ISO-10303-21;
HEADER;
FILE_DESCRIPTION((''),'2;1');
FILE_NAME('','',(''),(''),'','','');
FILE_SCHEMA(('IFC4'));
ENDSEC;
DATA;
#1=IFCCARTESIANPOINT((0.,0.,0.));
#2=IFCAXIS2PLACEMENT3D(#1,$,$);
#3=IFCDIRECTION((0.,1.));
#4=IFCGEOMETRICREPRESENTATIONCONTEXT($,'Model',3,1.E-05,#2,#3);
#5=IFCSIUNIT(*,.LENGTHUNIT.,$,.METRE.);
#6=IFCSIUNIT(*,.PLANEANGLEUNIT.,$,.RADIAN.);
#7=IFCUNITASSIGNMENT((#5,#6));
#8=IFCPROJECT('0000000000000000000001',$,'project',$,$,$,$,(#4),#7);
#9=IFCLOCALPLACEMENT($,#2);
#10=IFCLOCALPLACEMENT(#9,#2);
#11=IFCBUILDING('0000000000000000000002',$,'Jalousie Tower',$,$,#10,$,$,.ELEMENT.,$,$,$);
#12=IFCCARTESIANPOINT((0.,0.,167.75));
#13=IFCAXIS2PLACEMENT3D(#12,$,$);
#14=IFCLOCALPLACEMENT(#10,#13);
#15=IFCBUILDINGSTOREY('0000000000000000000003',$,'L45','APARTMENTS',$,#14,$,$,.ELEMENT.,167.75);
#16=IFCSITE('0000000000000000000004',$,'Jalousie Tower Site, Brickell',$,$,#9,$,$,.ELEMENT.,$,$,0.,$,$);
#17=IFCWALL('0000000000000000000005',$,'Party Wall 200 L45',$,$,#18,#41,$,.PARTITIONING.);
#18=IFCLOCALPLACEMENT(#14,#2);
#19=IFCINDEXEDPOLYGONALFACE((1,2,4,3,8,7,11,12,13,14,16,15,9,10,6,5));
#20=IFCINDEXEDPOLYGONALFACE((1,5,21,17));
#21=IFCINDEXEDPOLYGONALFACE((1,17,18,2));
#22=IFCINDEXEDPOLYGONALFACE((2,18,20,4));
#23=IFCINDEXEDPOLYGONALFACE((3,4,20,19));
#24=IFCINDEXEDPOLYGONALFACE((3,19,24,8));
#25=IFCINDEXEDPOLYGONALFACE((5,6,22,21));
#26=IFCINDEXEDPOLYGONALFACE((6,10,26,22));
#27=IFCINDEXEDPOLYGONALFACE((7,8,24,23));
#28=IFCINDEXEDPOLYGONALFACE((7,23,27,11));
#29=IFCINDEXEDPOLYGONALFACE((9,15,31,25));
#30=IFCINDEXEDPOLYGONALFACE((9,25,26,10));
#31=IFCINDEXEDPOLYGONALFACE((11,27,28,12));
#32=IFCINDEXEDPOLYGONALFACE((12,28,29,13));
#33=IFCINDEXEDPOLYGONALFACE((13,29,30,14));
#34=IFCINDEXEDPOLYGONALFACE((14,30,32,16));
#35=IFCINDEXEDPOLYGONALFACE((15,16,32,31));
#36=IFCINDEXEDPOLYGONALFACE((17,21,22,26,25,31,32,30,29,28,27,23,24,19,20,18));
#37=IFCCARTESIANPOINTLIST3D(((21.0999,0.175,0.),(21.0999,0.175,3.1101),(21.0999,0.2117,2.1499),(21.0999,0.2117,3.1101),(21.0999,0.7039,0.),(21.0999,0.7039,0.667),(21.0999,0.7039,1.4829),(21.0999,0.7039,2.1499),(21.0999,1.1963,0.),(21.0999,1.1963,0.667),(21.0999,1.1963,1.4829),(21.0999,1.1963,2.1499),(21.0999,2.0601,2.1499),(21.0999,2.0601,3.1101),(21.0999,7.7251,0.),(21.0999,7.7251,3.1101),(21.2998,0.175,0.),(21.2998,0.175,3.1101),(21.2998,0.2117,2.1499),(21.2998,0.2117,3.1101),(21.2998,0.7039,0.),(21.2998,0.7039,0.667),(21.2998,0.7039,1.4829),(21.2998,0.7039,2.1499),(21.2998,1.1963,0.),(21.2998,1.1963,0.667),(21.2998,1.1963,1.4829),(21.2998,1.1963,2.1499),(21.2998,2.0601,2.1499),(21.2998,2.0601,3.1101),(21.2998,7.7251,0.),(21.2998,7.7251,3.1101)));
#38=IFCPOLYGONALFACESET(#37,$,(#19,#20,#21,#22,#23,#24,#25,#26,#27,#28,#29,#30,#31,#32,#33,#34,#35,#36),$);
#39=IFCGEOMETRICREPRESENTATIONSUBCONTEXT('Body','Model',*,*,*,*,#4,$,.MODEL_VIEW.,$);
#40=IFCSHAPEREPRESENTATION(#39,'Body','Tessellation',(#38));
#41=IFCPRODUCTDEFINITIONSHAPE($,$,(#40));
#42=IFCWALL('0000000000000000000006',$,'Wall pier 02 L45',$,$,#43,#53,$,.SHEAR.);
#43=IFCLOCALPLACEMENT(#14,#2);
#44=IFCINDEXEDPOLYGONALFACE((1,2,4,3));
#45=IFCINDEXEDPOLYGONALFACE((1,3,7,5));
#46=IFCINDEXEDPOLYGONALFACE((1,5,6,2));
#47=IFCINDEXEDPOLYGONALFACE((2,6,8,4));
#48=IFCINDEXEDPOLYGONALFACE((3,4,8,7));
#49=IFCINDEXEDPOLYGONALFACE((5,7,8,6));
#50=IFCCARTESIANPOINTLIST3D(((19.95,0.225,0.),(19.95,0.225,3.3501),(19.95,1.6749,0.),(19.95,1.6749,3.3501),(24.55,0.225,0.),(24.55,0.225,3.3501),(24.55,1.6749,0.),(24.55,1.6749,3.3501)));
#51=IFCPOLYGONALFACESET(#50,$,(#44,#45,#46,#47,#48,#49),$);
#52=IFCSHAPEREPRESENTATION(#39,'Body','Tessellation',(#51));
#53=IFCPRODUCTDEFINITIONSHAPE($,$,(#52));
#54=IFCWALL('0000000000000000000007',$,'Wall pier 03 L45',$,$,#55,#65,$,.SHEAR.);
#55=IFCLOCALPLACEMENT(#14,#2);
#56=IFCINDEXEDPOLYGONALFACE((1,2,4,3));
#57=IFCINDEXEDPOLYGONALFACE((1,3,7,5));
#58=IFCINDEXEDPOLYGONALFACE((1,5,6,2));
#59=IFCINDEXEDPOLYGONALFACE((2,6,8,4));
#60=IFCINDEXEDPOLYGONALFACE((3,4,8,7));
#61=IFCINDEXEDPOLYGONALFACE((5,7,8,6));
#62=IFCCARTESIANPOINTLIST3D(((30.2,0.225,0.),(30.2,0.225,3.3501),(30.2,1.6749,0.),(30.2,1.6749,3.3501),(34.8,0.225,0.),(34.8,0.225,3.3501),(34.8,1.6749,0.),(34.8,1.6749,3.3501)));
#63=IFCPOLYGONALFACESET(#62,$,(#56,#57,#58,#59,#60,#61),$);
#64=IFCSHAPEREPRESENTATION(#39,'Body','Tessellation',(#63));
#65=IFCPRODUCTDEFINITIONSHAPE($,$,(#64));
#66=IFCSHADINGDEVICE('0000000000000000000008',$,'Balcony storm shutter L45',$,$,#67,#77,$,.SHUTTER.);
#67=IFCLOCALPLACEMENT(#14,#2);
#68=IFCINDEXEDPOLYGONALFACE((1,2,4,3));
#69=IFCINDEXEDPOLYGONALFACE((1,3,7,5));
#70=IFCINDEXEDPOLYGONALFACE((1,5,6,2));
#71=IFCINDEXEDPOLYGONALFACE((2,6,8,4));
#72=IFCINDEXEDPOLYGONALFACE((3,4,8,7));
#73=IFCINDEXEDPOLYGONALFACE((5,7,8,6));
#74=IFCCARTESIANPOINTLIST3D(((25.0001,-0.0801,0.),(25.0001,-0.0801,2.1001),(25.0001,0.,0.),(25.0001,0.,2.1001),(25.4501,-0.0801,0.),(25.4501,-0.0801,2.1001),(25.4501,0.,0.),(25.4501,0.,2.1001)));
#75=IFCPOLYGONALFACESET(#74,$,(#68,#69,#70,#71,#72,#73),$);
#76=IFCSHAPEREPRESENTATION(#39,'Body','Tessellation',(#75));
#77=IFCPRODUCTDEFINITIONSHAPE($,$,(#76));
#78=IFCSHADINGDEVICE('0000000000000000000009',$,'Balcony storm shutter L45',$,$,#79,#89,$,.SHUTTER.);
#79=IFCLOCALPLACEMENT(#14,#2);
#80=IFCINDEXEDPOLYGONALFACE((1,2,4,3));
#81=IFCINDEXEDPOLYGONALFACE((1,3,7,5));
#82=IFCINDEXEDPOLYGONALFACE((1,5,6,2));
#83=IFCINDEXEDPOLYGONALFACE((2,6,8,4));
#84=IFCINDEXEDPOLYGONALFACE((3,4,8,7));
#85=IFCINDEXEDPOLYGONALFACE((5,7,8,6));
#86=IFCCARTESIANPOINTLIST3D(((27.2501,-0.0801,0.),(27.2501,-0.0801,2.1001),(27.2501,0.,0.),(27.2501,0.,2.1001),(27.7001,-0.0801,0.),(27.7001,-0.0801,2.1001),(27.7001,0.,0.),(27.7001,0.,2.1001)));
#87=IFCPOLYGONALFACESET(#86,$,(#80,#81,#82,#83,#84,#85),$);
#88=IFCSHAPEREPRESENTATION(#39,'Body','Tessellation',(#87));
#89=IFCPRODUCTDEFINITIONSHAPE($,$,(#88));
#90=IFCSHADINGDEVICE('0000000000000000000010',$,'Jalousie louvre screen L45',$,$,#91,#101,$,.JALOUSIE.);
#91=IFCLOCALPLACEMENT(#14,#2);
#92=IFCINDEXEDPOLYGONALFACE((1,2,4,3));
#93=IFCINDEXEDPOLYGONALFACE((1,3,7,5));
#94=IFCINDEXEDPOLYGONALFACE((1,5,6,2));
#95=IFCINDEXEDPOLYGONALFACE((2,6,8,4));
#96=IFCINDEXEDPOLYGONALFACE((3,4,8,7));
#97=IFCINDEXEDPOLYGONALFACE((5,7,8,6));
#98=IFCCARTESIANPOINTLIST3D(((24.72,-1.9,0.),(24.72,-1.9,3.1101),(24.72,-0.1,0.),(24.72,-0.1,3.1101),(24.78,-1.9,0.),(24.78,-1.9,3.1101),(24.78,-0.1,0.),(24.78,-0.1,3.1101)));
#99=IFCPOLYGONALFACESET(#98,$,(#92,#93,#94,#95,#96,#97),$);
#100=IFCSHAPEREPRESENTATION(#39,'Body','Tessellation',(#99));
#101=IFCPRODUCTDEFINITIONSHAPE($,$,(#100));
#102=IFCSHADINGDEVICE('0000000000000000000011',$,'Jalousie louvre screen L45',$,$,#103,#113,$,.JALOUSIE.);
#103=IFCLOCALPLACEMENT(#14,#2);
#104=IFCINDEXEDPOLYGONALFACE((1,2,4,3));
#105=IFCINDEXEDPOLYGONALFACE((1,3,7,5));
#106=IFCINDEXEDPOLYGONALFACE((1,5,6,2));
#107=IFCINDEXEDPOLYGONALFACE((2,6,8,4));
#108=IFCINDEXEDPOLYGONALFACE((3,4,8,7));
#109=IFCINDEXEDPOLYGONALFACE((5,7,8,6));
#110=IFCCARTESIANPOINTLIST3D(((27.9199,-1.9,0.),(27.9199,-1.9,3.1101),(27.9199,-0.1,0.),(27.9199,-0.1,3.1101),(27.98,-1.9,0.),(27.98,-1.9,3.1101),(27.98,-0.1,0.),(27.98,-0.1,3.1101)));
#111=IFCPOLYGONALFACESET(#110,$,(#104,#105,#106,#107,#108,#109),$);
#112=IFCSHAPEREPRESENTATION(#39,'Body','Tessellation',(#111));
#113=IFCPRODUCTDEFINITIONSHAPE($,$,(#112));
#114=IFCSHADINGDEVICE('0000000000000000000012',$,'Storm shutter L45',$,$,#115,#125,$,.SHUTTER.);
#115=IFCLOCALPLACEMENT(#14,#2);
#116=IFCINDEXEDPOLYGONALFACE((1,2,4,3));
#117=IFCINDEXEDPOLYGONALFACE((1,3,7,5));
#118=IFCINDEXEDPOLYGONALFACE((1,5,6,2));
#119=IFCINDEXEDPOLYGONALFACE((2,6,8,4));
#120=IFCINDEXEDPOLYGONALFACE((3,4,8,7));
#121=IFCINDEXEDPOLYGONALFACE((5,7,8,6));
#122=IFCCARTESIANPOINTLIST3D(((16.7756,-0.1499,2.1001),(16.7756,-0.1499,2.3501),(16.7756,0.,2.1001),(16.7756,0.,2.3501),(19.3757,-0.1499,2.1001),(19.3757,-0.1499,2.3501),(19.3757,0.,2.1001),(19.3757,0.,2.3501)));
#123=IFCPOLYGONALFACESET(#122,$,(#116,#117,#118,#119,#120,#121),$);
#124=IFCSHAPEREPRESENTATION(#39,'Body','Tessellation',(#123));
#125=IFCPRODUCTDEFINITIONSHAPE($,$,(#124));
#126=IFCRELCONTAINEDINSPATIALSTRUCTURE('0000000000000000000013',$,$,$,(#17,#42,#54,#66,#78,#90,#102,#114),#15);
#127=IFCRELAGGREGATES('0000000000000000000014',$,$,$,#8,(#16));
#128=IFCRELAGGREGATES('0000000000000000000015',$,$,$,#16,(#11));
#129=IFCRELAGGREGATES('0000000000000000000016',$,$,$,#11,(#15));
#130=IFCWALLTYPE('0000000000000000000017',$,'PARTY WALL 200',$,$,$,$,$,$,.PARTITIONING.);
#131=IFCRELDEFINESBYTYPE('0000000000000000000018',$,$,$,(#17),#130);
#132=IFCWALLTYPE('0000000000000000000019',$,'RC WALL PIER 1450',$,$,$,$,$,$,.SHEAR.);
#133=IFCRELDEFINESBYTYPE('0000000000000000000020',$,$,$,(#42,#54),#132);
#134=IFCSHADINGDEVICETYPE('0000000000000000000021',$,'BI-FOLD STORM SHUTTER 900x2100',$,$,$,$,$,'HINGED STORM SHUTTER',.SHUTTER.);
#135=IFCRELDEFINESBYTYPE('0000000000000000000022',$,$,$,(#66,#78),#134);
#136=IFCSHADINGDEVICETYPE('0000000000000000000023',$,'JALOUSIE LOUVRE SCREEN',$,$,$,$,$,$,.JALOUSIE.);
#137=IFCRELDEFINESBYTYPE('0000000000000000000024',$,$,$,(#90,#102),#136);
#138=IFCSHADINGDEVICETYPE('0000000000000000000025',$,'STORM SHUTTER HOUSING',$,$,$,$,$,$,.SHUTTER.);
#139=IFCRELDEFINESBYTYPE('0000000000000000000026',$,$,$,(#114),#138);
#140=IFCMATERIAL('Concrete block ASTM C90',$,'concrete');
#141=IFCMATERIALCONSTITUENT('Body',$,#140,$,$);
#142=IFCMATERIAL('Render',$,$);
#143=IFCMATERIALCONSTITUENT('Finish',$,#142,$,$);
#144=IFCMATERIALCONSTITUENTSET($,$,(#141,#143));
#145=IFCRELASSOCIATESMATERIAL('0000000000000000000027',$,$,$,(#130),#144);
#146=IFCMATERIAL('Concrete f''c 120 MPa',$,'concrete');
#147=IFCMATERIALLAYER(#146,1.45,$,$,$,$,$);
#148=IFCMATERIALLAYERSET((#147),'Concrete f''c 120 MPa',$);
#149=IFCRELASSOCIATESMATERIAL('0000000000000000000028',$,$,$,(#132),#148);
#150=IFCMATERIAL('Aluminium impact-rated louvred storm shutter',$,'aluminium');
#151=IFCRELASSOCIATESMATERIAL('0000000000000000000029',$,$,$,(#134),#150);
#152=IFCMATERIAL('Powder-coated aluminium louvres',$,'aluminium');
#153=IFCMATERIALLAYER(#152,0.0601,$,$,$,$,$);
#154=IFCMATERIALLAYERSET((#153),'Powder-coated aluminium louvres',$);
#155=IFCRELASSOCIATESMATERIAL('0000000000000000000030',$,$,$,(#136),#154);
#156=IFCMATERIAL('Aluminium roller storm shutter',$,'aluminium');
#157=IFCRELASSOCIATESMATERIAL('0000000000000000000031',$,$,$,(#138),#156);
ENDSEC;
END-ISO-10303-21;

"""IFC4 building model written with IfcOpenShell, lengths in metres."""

from ifc_helpers import new_model, si_unit, direction, frame, frame_2d, origin, origin_2d, place, context, subcontext, project, spatial, polyline, rectangle, outline, extrude, material, layer, layer_set, constituent, constituent_set, type_object, element, save


model = new_model("IFC4")

# Units and contexts
model_context = context("Model", 3, precision=1e-05, world=origin(), true_north=direction((0.0, 1.0)))
body_context = subcontext(model_context, "Body", "Model", "MODEL_VIEW")
ifc_project = project(units=[si_unit("LENGTHUNIT", "METRE"), si_unit("PLANEANGLEUNIT", "RADIAN")], contexts=[model_context])

# Site, building, storey
site_placement = place(None, origin())
site = spatial("IfcSite", under=ifc_project, at=site_placement, Name="Jalousie Tower Site, Brickell", CompositionType="ELEMENT", RefElevation=0.0)
building_placement = place(site_placement, origin())
building = spatial("IfcBuilding", under=site, at=building_placement, Name="Jalousie Tower", CompositionType="ELEMENT")
storey_placement = place(building_placement, frame((0.0, 0.0, 167.75)))
storey = spatial("IfcBuildingStorey", under=building, at=storey_placement, Name="L45", Description="APARTMENTS", CompositionType="ELEMENT", Elevation=167.75)

# Walls
ifc_material_1 = material(Name="Concrete block ASTM C90", Category="concrete")
ifc_constituent_1 = constituent(ifc_material_1, Name="Body")
ifc_material_2 = material(Name="Render")
ifc_constituent_2 = constituent(ifc_material_2, Name="Finish")
ifc_constituent_set_1 = constituent_set(constituents=[ifc_constituent_1, ifc_constituent_2])
wall_type_1 = type_object("IfcWallType", Name="PARTY WALL 200", PredefinedType="PARTITIONING", material=ifc_constituent_set_1)
wall_1_placement = place(storey_placement, frame((21.2, 0.175, 0.0), z_axis=(0.0, 0.0, 1.0), x_axis=(0.0, 1.0, 0.0)))
element("IfcWall", 1, at=wall_1_placement, inside=storey, type_object=wall_type_1, Name="Party Wall 200 L45", PredefinedType="PARTITIONING", context=body_context, shape_type="SweptSolid", body=[
    extrude(outline(polyline([(0.0366, 3.1101), (0.0, 3.1101), (0.0, 0.0), (0.5288, 0.0), (0.5288, 0.667), (1.0212, 0.667), (1.0212, 0.0), (7.55, 0.0), (7.55, 3.1101), (1.885, 3.1101), (1.885, 2.1499), (1.0212, 2.1499), (1.0212, 1.4829), (0.5288, 1.4829), (0.5288, 2.1499), (0.0366, 2.1499), (0.0366, 3.1101)])), frame((0.0, 0.1001, 0.0), z_axis=(0.0, -1.0, 0.0), x_axis=(1.0, 0.0, 0.0)), (0.0, 0.0, 1.0), 0.2),
])
ifc_material_3 = material(Name="Concrete f'c 120 MPa", Category="concrete")
ifc_layer_1 = layer(ifc_material_3, 1.45)
ifc_layer_set_1 = layer_set([ifc_layer_1], Name="Concrete f'c 120 MPa")
wall_type_2 = type_object("IfcWallType", Name="RC WALL PIER 1450", PredefinedType="SHEAR", material=ifc_layer_set_1)
for number, where, z_axis, x_axis, name in (
    (2, (19.95, 0.95, 0.0), (0.0, 0.0, 1.0), (1.0, 0.0, 0.0), "Wall pier 02 L45"),
    (3, (30.2, 0.95, 0.0), (0.0, 0.0, 1.0), (1.0, 0.0, 0.0), "Wall pier 03 L45"),
):
    element("IfcWall", number, at=place(storey_placement, frame(where, z_axis=z_axis, x_axis=x_axis)), inside=storey, type_object=wall_type_2, Name=name, PredefinedType="SHEAR", context=body_context, shape_type="SweptSolid", body=[
        extrude(rectangle(XDim=4.6001, YDim=1.45, at=frame_2d((2.3, 0.0))), origin(), (0.0, 0.0, 1.0), 3.3501),
    ])

# Shading devices
ifc_material_4 = material(Name="Aluminium impact-rated louvred storm shutter", Category="aluminium")
shading_device_type_1 = type_object("IfcShadingDeviceType", Name="BI-FOLD STORM SHUTTER 900x2100", ElementType="HINGED STORM SHUTTER", PredefinedType="SHUTTER", material=ifc_material_4)
for number, where, z_axis, x_axis, name in (
    (4, (25.2251, -0.04, 0.0), (0.0, 0.0, 1.0), (1.0, 0.0, 0.0), "Balcony storm shutter L45"),
    (5, (27.4751, -0.04, 0.0), (0.0, 0.0, 1.0), (1.0, 0.0, 0.0), "Balcony storm shutter L45"),
):
    element("IfcShadingDevice", number, at=place(storey_placement, frame(where, z_axis=z_axis, x_axis=x_axis)), inside=storey, type_object=shading_device_type_1, Name=name, PredefinedType="SHUTTER", context=body_context, shape_type="SweptSolid", body=[
        extrude(rectangle(XDim=0.45, YDim=0.0801, at=origin_2d()), origin(), (0.0, 0.0, 1.0), 2.1001),
    ])

# Shading devices
ifc_material_5 = material(Name="Powder-coated aluminium louvres", Category="aluminium")
ifc_layer_2 = layer(ifc_material_5, 0.0601)
ifc_layer_set_2 = layer_set([ifc_layer_2], Name="Powder-coated aluminium louvres")
shading_device_type_2 = type_object("IfcShadingDeviceType", Name="JALOUSIE LOUVRE SCREEN", PredefinedType="JALOUSIE", material=ifc_layer_set_2)
for number, where, z_axis, x_axis, name in (
    (6, (24.75, -1.0, 0.0), (0.0, 0.0, 1.0), (1.0, 0.0, 0.0), "Jalousie louvre screen L45"),
    (7, (27.95, -1.0, 0.0), (0.0, 0.0, 1.0), (1.0, 0.0, 0.0), "Jalousie louvre screen L45"),
):
    element("IfcShadingDevice", number, at=place(storey_placement, frame(where, z_axis=z_axis, x_axis=x_axis)), inside=storey, type_object=shading_device_type_2, Name=name, PredefinedType="JALOUSIE", context=body_context, shape_type="SweptSolid", body=[
        extrude(rectangle(XDim=0.0601, YDim=1.8, at=origin_2d()), origin(), (0.0, 0.0, 1.0), 3.1101),
    ])
ifc_material_6 = material(Name="Aluminium roller storm shutter", Category="aluminium")
shading_device_type_3 = type_object("IfcShadingDeviceType", Name="STORM SHUTTER HOUSING", PredefinedType="SHUTTER", material=ifc_material_6)
shading_device_placement = place(storey_placement, frame((18.0757, -0.075, 2.1001), z_axis=(0.0, 0.0, 1.0), x_axis=(1.0, 0.0, 0.0)))
element("IfcShadingDevice", 8, at=shading_device_placement, inside=storey, type_object=shading_device_type_3, Name="Storm shutter L45", PredefinedType="SHUTTER", context=body_context, shape_type="SweptSolid", body=[
    extrude(rectangle(XDim=2.6001, YDim=0.1499, at=origin_2d()), origin(), (0.0, 0.0, 1.0), 0.25),
])

save(model, "model.ifc")
